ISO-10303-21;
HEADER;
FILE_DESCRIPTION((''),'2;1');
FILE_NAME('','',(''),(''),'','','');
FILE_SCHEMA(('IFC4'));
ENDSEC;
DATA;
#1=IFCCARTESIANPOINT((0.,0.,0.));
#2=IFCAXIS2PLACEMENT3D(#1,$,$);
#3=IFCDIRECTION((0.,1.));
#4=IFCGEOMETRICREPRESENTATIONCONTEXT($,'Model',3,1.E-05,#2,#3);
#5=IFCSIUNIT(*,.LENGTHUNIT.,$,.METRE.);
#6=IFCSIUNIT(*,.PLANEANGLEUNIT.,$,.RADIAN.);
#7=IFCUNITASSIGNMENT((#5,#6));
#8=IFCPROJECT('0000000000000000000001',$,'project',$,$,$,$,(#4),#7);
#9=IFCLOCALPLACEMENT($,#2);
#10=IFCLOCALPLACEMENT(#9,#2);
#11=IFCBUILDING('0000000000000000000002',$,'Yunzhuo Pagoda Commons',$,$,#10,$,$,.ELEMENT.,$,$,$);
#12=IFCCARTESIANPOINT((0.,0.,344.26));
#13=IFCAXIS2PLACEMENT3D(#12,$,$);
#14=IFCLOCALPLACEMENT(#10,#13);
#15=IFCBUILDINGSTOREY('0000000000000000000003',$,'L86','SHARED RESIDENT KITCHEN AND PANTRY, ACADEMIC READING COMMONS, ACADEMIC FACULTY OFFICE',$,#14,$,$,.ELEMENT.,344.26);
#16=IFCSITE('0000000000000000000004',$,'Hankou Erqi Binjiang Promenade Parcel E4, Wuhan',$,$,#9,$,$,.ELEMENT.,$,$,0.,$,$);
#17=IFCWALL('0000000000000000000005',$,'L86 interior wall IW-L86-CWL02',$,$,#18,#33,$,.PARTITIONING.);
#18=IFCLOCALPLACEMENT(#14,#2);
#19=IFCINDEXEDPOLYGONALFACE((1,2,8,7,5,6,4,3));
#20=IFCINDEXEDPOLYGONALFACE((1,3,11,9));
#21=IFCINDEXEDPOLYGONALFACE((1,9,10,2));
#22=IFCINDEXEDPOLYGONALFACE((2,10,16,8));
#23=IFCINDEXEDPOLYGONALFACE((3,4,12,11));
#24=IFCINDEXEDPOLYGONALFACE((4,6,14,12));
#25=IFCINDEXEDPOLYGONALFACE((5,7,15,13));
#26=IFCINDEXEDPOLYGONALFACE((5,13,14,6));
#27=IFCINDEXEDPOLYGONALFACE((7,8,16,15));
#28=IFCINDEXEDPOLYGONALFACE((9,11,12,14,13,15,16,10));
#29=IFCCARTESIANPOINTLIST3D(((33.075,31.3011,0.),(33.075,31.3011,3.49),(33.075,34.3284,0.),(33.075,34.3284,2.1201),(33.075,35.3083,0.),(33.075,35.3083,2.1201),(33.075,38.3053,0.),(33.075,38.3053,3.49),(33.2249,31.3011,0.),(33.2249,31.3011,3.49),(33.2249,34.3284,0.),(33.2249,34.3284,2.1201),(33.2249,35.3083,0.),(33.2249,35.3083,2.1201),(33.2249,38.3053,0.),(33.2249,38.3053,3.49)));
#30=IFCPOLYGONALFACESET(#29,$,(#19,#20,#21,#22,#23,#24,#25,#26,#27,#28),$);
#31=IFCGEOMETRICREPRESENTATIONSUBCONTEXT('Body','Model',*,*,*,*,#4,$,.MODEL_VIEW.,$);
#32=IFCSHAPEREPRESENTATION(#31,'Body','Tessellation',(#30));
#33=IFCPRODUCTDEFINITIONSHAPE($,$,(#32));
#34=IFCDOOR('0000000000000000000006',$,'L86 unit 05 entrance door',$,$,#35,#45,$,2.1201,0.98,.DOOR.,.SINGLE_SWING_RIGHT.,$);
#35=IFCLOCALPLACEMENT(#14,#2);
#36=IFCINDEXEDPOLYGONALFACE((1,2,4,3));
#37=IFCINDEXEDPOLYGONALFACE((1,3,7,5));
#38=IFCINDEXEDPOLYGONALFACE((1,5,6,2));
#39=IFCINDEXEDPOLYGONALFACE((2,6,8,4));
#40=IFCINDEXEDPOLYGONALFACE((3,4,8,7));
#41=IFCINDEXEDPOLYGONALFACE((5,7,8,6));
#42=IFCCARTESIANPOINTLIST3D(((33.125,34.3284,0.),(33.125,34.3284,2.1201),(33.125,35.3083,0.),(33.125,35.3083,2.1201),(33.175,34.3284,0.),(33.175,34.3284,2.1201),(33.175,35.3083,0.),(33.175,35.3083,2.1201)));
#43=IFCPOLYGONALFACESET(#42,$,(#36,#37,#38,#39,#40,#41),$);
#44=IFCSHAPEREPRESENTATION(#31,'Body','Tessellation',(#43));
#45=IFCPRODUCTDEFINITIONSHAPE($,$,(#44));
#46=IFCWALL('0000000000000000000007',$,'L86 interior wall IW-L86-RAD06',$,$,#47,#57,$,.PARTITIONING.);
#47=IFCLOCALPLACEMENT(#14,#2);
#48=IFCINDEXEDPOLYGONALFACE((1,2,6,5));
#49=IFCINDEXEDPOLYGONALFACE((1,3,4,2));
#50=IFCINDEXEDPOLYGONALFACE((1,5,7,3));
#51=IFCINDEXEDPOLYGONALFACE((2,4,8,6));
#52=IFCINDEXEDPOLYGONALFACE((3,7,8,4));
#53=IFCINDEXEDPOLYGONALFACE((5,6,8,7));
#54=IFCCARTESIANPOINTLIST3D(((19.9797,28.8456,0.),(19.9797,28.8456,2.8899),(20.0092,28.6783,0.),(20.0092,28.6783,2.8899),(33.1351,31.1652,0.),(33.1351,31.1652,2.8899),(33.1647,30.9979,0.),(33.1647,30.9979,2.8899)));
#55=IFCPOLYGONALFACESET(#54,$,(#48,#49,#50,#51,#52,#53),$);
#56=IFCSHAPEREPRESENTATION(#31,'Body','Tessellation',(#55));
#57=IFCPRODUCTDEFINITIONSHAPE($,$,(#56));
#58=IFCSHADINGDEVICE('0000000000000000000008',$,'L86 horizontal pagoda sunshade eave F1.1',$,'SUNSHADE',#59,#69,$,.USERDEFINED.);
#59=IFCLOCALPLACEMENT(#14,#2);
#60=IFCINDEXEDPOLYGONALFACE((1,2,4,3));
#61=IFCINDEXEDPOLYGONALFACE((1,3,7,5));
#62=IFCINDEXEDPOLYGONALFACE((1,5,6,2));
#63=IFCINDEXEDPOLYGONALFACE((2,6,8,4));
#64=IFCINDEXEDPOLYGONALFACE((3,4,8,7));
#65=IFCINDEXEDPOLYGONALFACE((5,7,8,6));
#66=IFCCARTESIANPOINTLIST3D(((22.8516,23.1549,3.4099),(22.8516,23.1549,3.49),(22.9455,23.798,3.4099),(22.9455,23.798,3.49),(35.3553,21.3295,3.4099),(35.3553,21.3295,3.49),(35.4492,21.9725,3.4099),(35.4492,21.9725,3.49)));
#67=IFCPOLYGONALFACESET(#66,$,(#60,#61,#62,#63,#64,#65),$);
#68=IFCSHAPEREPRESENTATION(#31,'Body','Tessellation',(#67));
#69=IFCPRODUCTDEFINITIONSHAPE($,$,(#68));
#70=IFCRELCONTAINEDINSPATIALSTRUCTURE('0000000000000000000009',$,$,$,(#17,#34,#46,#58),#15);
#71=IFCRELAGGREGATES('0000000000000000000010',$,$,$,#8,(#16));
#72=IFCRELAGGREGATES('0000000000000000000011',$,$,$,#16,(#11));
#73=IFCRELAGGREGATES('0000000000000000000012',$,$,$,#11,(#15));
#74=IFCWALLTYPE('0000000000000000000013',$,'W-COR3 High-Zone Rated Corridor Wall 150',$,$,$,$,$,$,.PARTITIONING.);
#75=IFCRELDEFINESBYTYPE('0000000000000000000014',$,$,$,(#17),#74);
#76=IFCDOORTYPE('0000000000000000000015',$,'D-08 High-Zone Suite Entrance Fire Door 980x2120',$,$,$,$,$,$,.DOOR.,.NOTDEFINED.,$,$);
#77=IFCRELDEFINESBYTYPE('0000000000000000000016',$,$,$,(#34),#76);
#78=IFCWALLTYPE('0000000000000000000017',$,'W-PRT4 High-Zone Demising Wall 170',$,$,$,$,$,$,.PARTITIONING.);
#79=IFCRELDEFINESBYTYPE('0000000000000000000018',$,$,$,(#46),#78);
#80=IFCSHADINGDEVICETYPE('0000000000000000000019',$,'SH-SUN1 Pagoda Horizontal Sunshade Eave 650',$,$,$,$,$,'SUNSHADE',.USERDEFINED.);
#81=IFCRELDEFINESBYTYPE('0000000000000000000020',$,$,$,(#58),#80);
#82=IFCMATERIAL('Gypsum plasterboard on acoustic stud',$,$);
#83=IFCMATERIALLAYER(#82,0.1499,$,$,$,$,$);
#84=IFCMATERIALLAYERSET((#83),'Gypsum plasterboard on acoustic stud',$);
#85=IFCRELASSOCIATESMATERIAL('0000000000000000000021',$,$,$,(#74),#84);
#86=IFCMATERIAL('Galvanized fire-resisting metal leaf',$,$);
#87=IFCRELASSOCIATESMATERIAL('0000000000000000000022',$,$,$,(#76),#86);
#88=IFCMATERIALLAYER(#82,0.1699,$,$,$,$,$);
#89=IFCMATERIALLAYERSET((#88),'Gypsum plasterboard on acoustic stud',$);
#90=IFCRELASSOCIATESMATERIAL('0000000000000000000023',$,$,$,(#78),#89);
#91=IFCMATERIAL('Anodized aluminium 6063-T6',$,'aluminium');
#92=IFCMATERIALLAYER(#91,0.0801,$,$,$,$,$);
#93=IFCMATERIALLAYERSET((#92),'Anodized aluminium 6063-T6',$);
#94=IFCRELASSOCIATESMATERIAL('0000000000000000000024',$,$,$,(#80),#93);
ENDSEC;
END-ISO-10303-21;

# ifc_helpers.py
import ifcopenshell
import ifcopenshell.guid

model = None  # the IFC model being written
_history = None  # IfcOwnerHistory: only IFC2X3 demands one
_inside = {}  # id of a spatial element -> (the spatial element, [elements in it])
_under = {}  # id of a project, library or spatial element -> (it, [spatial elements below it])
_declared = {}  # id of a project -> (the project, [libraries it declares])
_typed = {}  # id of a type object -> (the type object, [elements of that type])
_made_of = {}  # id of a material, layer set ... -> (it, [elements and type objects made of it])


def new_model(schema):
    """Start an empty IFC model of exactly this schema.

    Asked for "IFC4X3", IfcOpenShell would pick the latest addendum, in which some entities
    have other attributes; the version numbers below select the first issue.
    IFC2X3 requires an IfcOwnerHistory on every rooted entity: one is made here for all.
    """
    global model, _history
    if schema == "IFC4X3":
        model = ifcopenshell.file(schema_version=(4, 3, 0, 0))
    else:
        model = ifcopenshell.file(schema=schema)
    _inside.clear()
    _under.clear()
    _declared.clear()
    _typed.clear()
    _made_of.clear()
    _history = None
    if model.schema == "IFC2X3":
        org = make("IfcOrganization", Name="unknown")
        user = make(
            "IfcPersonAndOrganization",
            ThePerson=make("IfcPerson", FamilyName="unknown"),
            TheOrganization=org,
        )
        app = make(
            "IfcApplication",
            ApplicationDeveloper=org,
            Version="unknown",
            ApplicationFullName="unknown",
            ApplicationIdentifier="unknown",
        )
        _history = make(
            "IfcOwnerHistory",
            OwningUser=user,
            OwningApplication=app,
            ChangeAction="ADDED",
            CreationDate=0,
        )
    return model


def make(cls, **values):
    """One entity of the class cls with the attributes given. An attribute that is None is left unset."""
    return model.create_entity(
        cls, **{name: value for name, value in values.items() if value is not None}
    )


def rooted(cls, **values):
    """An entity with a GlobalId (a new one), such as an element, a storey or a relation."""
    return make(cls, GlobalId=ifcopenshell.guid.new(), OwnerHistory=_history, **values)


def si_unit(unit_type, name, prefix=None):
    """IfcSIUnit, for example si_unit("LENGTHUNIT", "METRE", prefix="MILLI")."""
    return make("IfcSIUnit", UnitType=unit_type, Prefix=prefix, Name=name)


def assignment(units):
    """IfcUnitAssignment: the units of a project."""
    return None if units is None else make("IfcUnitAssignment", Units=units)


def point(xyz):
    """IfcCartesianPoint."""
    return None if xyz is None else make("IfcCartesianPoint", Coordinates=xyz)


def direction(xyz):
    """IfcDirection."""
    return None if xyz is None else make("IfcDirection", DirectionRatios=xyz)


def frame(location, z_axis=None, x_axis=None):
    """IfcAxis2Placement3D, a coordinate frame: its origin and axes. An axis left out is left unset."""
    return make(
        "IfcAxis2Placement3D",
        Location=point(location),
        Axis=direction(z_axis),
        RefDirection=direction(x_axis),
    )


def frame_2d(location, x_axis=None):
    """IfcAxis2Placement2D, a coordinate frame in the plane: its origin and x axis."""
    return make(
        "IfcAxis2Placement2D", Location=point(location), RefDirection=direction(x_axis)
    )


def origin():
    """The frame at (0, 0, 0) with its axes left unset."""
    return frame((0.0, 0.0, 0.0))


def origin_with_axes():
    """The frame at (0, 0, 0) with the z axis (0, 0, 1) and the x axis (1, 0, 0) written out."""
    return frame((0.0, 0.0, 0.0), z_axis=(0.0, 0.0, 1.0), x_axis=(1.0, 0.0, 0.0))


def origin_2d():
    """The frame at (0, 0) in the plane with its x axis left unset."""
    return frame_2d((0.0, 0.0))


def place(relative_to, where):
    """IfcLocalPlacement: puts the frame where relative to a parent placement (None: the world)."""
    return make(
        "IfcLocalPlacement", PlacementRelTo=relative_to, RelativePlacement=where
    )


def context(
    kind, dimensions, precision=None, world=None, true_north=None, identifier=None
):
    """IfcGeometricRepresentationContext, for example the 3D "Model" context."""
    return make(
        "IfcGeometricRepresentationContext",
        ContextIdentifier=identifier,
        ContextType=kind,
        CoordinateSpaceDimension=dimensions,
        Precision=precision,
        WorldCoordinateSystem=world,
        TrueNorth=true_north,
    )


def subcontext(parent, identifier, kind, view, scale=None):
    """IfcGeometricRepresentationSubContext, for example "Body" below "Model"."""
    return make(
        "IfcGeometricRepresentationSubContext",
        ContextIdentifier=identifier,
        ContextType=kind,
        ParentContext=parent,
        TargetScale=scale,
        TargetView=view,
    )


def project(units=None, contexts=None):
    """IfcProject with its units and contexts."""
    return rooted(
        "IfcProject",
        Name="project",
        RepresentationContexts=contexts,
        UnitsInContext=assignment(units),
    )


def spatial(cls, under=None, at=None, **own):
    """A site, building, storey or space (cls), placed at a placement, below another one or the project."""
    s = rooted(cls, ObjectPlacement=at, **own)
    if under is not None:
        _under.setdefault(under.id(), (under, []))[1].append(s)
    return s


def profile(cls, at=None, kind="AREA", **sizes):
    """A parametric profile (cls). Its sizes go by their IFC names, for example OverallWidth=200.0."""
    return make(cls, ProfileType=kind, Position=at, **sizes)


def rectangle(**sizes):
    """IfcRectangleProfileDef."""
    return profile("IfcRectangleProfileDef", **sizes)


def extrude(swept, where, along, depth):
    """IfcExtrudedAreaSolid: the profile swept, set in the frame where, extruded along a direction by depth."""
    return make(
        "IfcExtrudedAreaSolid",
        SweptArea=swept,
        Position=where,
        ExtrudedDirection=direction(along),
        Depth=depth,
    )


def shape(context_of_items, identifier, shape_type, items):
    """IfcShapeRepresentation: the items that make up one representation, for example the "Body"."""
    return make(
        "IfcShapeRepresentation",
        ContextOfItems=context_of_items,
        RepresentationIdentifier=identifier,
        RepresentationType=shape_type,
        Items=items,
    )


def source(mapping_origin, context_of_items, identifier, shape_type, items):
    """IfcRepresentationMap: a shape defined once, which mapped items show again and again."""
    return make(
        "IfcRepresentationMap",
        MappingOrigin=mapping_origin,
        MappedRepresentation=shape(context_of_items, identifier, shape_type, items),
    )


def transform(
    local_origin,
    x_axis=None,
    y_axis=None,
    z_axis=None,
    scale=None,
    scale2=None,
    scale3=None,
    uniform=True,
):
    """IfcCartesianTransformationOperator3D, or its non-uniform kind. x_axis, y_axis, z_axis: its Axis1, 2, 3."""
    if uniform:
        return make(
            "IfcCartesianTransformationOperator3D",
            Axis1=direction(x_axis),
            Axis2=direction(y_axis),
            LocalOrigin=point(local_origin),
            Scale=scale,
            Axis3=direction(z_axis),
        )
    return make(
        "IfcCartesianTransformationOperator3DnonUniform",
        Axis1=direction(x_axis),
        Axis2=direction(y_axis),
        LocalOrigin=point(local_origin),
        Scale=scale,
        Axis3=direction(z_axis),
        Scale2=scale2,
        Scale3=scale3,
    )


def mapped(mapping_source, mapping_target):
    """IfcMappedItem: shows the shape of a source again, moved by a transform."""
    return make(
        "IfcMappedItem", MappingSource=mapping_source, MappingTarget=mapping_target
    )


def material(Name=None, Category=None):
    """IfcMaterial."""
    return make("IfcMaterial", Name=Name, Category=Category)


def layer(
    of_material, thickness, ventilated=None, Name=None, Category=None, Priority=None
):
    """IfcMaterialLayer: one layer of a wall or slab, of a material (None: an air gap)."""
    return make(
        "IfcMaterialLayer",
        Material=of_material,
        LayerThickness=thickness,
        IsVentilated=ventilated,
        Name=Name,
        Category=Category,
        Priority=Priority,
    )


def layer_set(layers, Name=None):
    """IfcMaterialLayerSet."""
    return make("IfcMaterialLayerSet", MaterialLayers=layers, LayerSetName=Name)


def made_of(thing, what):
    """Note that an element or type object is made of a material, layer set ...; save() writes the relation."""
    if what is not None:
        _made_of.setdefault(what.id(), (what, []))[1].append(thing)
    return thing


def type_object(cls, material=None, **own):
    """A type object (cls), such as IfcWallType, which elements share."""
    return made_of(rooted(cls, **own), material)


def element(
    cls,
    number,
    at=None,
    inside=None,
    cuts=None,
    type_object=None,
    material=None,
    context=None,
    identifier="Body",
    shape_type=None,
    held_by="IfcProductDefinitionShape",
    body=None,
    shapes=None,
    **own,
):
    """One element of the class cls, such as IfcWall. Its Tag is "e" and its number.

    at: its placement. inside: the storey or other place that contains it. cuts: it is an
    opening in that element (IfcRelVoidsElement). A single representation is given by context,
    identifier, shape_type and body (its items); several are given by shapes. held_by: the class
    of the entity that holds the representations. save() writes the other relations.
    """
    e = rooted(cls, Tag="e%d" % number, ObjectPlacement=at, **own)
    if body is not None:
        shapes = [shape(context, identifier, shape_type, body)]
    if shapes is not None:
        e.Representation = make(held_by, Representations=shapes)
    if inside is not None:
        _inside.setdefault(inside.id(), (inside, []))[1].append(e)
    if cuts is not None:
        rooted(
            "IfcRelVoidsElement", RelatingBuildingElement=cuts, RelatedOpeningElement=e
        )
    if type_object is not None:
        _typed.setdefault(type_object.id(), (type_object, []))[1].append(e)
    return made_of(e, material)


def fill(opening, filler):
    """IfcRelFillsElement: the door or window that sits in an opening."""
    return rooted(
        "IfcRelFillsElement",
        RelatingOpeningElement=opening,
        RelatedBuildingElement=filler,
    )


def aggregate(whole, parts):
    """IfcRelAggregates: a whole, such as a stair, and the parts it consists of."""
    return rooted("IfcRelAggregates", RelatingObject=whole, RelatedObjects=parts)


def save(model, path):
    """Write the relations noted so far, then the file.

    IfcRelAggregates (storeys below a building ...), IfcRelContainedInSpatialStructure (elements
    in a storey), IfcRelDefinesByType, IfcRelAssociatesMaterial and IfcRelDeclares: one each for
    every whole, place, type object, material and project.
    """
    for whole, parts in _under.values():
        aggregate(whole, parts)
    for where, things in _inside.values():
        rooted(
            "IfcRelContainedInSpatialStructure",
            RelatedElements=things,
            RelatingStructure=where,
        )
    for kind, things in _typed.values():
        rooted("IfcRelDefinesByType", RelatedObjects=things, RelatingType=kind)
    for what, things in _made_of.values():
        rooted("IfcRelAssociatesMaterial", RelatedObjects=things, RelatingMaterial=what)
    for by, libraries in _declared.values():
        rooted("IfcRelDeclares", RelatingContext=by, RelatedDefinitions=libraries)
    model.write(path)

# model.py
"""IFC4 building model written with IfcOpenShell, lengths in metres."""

from ifc_helpers import new_model, si_unit, direction, frame, frame_2d, origin, origin_with_axes, origin_2d, place, context, subcontext, project, spatial, rectangle, extrude, source, transform, mapped, material, layer, layer_set, type_object, element, fill, save


model = new_model("IFC4")

# Units and contexts
model_context = context("Model", 3, precision=1e-05, world=origin(), true_north=direction((0.0, 1.0)))
body_context = subcontext(model_context, "Body", "Model", "MODEL_VIEW")
ifc_project = project(units=[si_unit("LENGTHUNIT", "METRE"), si_unit("PLANEANGLEUNIT", "RADIAN")], contexts=[model_context])

# Site, building, storey
site_placement = place(None, origin())
site = spatial("IfcSite", under=ifc_project, at=site_placement, Name="Hankou Erqi Binjiang Promenade Parcel E4, Wuhan", CompositionType="ELEMENT", RefElevation=0.0)
building_placement = place(site_placement, origin())
building = spatial("IfcBuilding", under=site, at=building_placement, Name="Yunzhuo Pagoda Commons", CompositionType="ELEMENT")
storey_placement = place(building_placement, frame((0.0, 0.0, 344.26)))
storey = spatial("IfcBuildingStorey", under=building, at=storey_placement, Name="L86", Description="SHARED RESIDENT KITCHEN AND PANTRY, ACADEMIC READING COMMONS, ACADEMIC FACULTY OFFICE", CompositionType="ELEMENT", Elevation=344.26)

# Shared definitions
ifc_material_1 = material(Name="Anodized aluminium 6063-T6", Category="aluminium")

# Shared definitions
ifc_material_2 = material(Name="Gypsum plasterboard on acoustic stud")
ifc_layer_1 = layer(ifc_material_2, 0.1499)
ifc_layer_set_1 = layer_set([ifc_layer_1], Name="Gypsum plasterboard on acoustic stud")
wall_type_1 = type_object("IfcWallType", Name="W-COR3 High-Zone Rated Corridor Wall 150", PredefinedType="PARTITIONING", material=ifc_layer_set_1)

# Wall, opening, door
wall_1_placement = place(storey_placement, frame((33.1499, 31.3013, 0.0), z_axis=(0.0, 0.0, 1.0), x_axis=(0.0, 1.0, 0.0)))
wall_1 = element("IfcWall", 1, at=wall_1_placement, inside=storey, type_object=wall_type_1, Name="L86 interior wall IW-L86-CWL02", PredefinedType="PARTITIONING", context=body_context, shape_type="SweptSolid", body=[
    extrude(rectangle(XDim=7.0042, YDim=0.1499, at=frame_2d((3.502, 0.0))), origin(), (0.0, 0.0, 1.0), 3.49),
])
opening_placement = place(wall_1_placement, frame((3.0271, 0.0, 0.0)))
opening = element("IfcOpeningElement", 2, at=opening_placement, cuts=wall_1, PredefinedType="OPENING", context=body_context, shape_type="SweptSolid", body=[
    extrude(rectangle(XDim=0.98, YDim=2.1201, at=frame_2d((0.49, 1.0601))), frame((0.0, 0.085, 0.0), z_axis=(0.0, -1.0, 0.0), x_axis=(1.0, 0.0, 0.0)), (0.0, 0.0, 1.0), 0.1699),
])
ifc_material_3 = material(Name="Galvanized fire-resisting metal leaf")
door_type = type_object("IfcDoorType", Name="D-08 High-Zone Suite Entrance Fire Door 980x2120", OperationType="NOTDEFINED", PredefinedType="DOOR", material=ifc_material_3)
shared_shape_1 = source(origin(), body_context, "Body", "SweptSolid", [
    extrude(rectangle(XDim=0.98, YDim=2.1201, at=frame_2d((0.49, 1.0601))), frame((0.0, 0.0249, 0.0), z_axis=(0.0, -1.0, 0.0), x_axis=(1.0, 0.0, 0.0)), (0.0, 0.0, 1.0), 0.05),
])
door_placement = place(opening_placement, origin_with_axes())
door = element("IfcDoor", 3, at=door_placement, inside=storey, type_object=door_type, Name="L86 unit 05 entrance door", OperationType="SINGLE_SWING_RIGHT", OverallHeight=2.1201, OverallWidth=0.98, PredefinedType="DOOR", context=body_context, shape_type="MappedRepresentation", body=[
    mapped(shared_shape_1, transform((0.0, 0.0, 0.0), scale=1.0)),
])
fill(opening, door)

# Wall
ifc_layer_2 = layer(ifc_material_2, 0.1699)
ifc_layer_set_2 = layer_set([ifc_layer_2], Name="Gypsum plasterboard on acoustic stud")
wall_type_2 = type_object("IfcWallType", Name="W-PRT4 High-Zone Demising Wall 170", PredefinedType="PARTITIONING", material=ifc_layer_set_2)
wall_2_placement = place(storey_placement, frame((33.1499, 31.0815, 0.0), z_axis=(0.0, 0.0, 1.0), x_axis=(-0.984809, -0.173641, 0.0)))
element("IfcWall", 4, at=wall_2_placement, inside=storey, type_object=wall_type_2, Name="L86 interior wall IW-L86-RAD06", PredefinedType="PARTITIONING", context=body_context, shape_type="SweptSolid", body=[
    extrude(rectangle(XDim=13.3584, YDim=0.1699, at=frame_2d((6.6792, 0.0))), origin(), (0.0, 0.0, 1.0), 2.8899),
])

# Shading device
ifc_layer_3 = layer(ifc_material_1, 0.0801)
ifc_layer_set_3 = layer_set([ifc_layer_3], Name="Anodized aluminium 6063-T6")
shading_device_type = type_object("IfcShadingDeviceType", Name="SH-SUN1 Pagoda Horizontal Sunshade Eave 650", ElementType="SUNSHADE", PredefinedType="USERDEFINED", material=ifc_layer_set_3)
shared_shape_2 = source(origin(), body_context, "Body", "SweptSolid", [
    extrude(rectangle(XDim=12.6362, YDim=0.6499, at=origin_2d()), origin(), (0.0, 0.0, 1.0), 0.0801),
])
shading_device_placement = place(storey_placement, frame((29.1504, 22.5637, 3.4099), z_axis=(0.0, 0.0, 1.0), x_axis=(0.989511, -0.14446, 0.0)))
element("IfcShadingDevice", 5, at=shading_device_placement, inside=storey, type_object=shading_device_type, Name="L86 horizontal pagoda sunshade eave F1.1", ObjectType="SUNSHADE", PredefinedType="USERDEFINED", context=body_context, shape_type="MappedRepresentation", body=[
    mapped(shared_shape_2, transform((0.0, 0.0, 0.0), scale=1.0)),
])

save(model, "model.ifc")
